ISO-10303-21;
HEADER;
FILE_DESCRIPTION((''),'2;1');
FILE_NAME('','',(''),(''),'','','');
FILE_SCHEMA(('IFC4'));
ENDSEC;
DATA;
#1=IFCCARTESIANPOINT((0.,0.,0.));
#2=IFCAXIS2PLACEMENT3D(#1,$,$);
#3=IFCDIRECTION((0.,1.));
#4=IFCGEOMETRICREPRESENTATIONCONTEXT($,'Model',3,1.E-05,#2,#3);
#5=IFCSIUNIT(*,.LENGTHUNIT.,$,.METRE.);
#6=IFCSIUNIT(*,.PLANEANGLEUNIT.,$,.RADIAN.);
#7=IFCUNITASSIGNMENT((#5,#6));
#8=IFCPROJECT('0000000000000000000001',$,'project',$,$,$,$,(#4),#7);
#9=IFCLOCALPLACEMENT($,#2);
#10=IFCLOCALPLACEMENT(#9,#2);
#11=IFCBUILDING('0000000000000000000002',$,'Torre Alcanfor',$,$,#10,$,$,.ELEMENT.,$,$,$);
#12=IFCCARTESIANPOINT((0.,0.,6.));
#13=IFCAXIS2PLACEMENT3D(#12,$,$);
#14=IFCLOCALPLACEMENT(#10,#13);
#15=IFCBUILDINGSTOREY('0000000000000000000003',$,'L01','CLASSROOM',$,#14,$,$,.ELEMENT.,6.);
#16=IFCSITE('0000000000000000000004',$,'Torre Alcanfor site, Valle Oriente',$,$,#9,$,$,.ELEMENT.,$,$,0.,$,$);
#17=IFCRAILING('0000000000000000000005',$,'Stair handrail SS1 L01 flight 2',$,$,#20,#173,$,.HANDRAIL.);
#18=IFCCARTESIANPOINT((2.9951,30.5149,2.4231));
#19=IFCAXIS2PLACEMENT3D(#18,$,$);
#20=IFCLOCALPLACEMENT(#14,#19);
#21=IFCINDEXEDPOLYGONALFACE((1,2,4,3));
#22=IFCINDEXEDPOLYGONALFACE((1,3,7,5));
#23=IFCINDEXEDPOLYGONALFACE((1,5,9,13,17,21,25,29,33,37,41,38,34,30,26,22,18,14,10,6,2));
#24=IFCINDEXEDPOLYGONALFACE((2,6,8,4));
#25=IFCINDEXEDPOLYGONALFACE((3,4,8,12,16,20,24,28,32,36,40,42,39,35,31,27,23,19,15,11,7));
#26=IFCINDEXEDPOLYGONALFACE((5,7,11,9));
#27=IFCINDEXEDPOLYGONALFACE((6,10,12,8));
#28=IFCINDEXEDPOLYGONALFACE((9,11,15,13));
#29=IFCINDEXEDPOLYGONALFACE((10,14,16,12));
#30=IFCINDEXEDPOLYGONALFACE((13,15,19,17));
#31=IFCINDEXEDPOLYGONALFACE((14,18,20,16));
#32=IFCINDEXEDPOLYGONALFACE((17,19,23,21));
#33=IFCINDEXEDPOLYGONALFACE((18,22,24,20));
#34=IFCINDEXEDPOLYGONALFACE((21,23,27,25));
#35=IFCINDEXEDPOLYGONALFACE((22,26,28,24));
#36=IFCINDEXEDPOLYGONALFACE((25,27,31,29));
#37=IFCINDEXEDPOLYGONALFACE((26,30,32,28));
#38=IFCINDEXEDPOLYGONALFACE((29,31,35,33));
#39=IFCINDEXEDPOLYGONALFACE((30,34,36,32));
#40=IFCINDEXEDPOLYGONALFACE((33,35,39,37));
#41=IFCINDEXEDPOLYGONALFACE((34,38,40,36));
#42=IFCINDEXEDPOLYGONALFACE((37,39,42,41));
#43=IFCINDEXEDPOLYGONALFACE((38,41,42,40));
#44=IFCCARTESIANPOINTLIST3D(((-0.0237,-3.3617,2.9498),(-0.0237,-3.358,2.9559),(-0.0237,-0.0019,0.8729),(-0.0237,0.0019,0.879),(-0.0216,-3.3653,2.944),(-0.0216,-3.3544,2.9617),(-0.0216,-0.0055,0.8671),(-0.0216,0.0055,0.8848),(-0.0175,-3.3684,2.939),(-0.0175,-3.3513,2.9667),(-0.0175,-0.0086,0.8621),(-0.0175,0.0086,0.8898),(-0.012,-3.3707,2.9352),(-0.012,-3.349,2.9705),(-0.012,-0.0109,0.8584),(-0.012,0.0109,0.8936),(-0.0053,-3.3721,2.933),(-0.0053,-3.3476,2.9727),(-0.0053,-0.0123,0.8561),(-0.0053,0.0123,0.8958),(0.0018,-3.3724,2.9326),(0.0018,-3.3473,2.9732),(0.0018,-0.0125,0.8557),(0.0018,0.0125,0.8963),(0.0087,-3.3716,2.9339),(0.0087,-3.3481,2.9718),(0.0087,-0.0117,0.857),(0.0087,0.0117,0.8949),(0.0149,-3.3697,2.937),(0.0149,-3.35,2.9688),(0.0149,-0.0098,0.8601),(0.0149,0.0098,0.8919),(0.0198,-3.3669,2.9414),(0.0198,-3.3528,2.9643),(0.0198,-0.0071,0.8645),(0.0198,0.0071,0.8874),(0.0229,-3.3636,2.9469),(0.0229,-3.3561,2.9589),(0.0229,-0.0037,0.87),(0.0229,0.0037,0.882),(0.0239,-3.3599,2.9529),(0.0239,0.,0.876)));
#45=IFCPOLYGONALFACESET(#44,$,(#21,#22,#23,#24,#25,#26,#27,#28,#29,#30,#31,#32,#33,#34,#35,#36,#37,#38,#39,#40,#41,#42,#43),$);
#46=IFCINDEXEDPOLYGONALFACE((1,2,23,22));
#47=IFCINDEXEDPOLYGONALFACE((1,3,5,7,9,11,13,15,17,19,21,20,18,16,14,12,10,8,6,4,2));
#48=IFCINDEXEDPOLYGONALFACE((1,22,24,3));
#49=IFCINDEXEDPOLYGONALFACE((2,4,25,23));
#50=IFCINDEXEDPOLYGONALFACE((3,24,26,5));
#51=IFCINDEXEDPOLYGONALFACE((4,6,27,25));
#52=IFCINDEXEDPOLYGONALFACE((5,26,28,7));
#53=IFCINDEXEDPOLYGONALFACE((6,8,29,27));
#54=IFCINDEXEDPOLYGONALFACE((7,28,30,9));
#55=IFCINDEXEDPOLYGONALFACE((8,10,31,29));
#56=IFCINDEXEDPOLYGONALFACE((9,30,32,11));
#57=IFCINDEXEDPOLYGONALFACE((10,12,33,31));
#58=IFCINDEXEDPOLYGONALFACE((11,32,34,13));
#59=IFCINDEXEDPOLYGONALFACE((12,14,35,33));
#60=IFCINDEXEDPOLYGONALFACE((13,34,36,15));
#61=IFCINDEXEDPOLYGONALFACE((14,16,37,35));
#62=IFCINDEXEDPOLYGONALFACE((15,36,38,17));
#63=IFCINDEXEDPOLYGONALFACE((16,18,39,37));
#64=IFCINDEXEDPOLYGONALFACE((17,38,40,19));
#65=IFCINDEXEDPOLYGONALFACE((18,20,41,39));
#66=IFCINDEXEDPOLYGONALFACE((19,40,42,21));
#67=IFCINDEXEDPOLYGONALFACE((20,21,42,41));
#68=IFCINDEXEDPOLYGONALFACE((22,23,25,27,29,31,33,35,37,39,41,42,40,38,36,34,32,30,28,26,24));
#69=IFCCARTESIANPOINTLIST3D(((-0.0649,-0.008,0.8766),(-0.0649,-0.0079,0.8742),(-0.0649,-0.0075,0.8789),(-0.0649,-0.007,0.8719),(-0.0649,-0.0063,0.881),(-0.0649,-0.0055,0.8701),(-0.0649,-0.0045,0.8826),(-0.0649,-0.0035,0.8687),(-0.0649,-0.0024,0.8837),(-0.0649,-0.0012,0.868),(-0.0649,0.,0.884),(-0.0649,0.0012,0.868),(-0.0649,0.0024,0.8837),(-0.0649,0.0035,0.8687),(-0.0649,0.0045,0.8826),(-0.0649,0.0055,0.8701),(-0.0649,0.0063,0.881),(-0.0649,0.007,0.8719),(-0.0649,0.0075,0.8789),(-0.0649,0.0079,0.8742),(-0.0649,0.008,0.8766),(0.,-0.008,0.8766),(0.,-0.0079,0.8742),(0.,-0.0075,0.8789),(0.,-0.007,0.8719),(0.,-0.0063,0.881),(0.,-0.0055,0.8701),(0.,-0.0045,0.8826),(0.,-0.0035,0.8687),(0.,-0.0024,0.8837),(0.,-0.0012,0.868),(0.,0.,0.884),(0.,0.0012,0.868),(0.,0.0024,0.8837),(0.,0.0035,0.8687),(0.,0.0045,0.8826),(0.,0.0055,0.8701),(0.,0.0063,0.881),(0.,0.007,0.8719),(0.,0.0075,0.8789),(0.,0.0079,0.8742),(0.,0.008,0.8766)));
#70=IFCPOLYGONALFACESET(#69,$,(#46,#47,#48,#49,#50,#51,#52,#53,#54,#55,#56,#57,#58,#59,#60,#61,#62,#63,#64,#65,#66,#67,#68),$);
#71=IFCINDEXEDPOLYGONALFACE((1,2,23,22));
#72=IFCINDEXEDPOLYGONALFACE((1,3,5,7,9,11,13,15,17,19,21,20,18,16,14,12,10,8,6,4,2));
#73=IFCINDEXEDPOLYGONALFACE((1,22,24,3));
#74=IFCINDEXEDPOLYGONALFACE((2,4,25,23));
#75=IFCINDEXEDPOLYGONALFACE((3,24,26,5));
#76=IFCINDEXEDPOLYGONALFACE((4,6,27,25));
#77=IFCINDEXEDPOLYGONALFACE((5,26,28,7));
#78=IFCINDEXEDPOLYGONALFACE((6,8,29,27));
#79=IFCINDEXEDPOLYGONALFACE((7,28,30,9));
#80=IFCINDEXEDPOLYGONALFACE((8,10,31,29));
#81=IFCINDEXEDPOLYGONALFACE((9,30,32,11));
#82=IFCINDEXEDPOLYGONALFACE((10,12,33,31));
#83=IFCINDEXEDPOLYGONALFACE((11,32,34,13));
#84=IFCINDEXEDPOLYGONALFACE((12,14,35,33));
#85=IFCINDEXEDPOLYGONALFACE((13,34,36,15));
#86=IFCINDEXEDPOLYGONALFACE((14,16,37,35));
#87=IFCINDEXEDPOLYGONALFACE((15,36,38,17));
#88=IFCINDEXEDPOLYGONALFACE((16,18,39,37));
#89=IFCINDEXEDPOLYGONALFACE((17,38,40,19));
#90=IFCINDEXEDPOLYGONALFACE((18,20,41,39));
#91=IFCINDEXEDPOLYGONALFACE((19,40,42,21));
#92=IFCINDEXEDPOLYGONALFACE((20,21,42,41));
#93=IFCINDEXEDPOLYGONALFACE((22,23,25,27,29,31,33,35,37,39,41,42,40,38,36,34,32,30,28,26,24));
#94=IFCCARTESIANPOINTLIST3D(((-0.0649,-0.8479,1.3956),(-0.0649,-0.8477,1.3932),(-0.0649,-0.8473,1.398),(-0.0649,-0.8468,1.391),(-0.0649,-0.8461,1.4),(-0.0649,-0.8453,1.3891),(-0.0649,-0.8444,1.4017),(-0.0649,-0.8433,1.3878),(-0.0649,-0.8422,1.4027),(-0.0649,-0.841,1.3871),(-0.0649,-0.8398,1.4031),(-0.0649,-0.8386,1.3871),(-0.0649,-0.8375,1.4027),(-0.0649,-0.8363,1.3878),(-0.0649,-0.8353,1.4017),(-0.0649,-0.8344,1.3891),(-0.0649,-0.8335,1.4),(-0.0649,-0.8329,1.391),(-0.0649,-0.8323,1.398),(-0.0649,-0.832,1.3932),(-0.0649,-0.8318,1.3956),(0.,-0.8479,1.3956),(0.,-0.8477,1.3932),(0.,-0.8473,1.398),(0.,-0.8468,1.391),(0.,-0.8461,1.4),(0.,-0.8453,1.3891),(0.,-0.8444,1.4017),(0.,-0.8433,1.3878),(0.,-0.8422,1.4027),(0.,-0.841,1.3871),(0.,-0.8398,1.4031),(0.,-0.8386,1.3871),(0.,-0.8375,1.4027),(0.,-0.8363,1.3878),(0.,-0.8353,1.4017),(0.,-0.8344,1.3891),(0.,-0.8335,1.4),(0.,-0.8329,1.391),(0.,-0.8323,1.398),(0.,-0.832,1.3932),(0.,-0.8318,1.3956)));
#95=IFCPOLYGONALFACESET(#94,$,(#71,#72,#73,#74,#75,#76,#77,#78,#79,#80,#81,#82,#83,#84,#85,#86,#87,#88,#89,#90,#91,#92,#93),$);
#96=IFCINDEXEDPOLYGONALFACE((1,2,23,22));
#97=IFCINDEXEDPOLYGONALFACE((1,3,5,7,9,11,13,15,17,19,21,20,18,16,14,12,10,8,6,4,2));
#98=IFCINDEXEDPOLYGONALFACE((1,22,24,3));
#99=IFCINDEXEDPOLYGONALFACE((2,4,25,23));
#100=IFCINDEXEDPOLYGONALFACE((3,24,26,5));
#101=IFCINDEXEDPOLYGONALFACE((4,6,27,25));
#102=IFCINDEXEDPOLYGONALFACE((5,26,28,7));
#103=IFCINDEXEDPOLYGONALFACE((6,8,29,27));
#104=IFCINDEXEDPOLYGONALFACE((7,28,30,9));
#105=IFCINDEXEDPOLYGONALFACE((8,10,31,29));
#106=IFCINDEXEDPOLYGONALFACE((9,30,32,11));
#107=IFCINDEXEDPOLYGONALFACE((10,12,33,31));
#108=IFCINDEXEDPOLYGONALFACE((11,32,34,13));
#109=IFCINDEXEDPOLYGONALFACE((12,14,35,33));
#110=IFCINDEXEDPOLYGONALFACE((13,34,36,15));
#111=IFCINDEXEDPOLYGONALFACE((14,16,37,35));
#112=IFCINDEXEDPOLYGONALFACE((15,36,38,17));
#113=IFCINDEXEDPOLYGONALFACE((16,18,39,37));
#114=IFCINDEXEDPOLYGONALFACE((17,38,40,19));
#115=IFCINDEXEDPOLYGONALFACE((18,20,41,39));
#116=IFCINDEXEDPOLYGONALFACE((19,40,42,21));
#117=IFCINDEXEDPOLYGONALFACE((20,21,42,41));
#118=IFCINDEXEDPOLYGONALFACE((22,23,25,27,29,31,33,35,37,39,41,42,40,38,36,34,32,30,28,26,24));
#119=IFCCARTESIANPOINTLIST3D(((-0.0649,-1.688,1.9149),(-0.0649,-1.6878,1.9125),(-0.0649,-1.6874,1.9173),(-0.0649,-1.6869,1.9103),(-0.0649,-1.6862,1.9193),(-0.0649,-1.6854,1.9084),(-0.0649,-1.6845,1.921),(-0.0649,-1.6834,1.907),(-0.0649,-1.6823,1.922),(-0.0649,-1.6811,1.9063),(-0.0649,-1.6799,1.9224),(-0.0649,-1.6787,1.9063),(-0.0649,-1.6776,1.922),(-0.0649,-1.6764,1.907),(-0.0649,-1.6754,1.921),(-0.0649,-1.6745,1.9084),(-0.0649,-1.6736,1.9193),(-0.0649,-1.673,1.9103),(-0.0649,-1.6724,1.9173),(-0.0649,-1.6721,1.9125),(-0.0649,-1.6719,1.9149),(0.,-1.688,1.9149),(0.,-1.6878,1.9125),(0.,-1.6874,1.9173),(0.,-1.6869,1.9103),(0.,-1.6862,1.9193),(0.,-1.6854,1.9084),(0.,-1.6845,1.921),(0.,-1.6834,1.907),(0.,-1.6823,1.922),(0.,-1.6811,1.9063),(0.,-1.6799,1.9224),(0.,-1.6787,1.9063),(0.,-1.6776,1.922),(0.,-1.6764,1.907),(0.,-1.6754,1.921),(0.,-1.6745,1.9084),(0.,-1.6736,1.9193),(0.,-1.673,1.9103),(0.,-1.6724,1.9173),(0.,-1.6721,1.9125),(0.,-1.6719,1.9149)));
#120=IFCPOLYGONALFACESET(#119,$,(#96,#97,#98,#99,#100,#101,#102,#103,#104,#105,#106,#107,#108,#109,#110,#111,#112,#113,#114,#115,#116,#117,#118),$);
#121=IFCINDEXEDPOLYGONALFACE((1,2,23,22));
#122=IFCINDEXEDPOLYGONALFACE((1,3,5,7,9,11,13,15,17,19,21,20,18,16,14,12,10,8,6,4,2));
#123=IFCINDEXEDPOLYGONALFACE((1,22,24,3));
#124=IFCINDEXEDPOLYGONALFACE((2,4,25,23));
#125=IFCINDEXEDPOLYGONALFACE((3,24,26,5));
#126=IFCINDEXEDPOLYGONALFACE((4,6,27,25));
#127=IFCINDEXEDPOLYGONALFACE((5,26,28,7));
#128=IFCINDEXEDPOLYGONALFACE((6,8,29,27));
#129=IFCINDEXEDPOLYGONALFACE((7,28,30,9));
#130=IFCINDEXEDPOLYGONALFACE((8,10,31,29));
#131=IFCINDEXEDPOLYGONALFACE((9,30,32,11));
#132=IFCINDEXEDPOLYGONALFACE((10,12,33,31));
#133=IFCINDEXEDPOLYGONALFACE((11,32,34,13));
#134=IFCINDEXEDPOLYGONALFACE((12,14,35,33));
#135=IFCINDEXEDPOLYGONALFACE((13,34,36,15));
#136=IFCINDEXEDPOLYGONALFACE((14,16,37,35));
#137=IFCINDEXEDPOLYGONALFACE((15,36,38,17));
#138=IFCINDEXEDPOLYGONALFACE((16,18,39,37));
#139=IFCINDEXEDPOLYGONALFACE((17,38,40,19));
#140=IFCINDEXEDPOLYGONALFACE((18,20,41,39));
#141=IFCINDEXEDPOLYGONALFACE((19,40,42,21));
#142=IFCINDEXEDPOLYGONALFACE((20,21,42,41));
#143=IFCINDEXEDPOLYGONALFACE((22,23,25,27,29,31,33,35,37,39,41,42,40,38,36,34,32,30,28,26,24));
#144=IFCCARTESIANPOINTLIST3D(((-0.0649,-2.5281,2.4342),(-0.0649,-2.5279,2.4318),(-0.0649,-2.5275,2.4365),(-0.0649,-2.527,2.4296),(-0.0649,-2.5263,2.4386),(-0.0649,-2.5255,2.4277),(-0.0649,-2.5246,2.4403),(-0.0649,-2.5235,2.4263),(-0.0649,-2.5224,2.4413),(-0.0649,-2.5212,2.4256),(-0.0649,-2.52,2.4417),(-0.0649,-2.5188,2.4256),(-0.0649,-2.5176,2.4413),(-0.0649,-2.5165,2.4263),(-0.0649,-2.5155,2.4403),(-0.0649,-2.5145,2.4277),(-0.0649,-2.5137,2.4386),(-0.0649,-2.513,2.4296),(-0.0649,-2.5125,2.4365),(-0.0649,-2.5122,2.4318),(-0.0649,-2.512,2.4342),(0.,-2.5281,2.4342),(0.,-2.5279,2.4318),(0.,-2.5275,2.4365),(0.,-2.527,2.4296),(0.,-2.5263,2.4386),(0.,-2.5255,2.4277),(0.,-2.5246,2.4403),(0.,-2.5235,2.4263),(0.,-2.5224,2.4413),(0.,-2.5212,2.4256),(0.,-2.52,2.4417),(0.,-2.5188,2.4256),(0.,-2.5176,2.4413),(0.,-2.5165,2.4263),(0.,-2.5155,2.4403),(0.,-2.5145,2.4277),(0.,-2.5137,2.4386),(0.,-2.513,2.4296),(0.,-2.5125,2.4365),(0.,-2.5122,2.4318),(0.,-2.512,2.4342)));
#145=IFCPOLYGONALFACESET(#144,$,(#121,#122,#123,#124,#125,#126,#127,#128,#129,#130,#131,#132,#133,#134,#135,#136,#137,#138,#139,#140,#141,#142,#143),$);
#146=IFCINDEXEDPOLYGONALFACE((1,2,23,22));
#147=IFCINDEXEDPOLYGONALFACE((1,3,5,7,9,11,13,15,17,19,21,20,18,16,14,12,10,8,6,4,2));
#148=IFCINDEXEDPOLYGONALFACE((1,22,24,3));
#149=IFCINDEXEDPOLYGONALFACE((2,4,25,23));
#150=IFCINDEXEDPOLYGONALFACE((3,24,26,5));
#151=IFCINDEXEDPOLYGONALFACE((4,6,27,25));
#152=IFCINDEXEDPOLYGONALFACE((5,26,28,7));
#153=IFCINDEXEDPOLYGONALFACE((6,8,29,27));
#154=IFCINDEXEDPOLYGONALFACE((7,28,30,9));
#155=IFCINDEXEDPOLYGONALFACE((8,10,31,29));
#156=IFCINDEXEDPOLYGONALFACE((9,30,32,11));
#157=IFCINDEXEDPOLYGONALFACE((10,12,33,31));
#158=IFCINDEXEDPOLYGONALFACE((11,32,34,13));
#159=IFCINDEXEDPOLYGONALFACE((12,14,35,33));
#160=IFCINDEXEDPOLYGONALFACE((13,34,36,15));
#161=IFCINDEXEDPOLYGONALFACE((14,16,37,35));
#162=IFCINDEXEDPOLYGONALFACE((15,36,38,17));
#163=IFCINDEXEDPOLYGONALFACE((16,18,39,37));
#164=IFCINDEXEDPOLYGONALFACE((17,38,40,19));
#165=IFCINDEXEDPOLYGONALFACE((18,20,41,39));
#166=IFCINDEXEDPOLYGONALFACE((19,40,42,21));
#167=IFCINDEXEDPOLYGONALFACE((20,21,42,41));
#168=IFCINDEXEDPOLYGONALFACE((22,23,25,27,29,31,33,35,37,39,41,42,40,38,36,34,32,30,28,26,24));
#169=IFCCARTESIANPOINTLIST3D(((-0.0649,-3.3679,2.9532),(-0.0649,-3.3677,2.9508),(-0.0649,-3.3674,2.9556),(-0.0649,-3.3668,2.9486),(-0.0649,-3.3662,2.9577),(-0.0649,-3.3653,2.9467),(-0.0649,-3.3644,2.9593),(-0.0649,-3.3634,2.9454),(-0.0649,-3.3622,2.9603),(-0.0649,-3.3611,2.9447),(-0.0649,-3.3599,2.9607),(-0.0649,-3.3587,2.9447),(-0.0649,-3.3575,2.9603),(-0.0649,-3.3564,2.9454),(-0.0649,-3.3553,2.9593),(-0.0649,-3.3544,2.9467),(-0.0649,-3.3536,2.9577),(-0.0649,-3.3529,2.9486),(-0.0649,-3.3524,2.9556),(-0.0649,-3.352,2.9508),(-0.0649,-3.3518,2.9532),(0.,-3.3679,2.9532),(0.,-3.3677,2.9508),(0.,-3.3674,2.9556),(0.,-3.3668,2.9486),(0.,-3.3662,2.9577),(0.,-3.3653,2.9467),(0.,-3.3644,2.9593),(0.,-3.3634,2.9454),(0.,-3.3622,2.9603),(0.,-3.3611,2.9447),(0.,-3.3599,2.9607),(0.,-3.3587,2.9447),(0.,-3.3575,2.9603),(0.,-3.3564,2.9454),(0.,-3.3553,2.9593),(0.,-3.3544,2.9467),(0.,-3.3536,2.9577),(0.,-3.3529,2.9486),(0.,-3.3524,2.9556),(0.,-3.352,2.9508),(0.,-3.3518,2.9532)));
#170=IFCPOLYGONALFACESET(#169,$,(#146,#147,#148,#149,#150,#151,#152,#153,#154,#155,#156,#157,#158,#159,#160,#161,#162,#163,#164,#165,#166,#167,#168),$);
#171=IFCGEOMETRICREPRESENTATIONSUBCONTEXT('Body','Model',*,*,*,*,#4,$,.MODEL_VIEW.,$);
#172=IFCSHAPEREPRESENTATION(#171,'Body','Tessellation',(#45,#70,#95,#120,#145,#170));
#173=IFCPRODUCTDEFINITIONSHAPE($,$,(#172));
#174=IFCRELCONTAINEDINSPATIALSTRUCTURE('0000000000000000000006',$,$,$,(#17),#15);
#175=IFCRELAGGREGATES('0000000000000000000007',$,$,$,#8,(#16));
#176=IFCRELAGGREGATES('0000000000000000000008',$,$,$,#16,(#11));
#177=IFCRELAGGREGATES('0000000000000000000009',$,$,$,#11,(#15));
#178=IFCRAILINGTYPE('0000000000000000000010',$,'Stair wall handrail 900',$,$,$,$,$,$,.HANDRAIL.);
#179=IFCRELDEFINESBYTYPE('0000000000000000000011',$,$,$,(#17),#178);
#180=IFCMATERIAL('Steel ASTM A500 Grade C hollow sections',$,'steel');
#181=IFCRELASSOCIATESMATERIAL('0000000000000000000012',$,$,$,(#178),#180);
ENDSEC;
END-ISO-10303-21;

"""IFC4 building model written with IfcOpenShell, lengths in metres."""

from ifc_helpers import new_model, si_unit, direction, frame, origin, origin_2d, place, context, subcontext, project, spatial, circle, extrude, material, type_object, element, save


model = new_model("IFC4")

# Units and contexts
model_context = context("Model", 3, precision=1e-05, world=origin(), true_north=direction((0.0, 1.0)))
body_context = subcontext(model_context, "Body", "Model", "MODEL_VIEW")
ifc_project = project(units=[si_unit("LENGTHUNIT", "METRE"), si_unit("PLANEANGLEUNIT", "RADIAN")], contexts=[model_context])

# Site, building, storey
site_placement = place(None, origin())
site = spatial("IfcSite", under=ifc_project, at=site_placement, Name="Torre Alcanfor site, Valle Oriente", CompositionType="ELEMENT", RefElevation=0.0)
building_placement = place(site_placement, origin())
building = spatial("IfcBuilding", under=site, at=building_placement, Name="Torre Alcanfor", CompositionType="ELEMENT")
storey_placement = place(building_placement, frame((0.0, 0.0, 6.0)))
storey = spatial("IfcBuildingStorey", under=building, at=storey_placement, Name="L01", Description="CLASSROOM", CompositionType="ELEMENT", Elevation=6.0)

# Railing
ifc_material_1 = material(Name="Steel ASTM A500 Grade C hollow sections", Category="steel")
railing_type_1 = type_object("IfcRailingType", Name="Stair wall handrail 900", PredefinedType="HANDRAIL", material=ifc_material_1)
railing_1_placement = place(storey_placement, frame((2.9951, 30.5149, 2.4231)))
element("IfcRailing", 1, at=railing_1_placement, inside=storey, type_object=railing_type_1, Name="Stair handrail SS1 L01 flight 2", PredefinedType="HANDRAIL", context=body_context, shape_type="SweptSolid", body=[
    extrude(circle(Radius=0.0239, at=origin_2d()), frame((0.0, 0.0, 0.876), z_axis=(0.0, -0.850606, 0.525803), x_axis=(1.0, 0.0, 0.0)), (0.0, 0.0, 1.0), 3.95),
    extrude(circle(Radius=0.0081, at=origin_2d()), frame((0.0, 0.0, 0.876), z_axis=(-1.0, 0.0, 0.0), x_axis=(0.0, 0.0, 1.0)), (0.0, 0.0, 1.0), 0.0649),
    extrude(circle(Radius=0.0081, at=origin_2d()), frame((0.0, -0.8398, 1.395), z_axis=(-1.0, 0.0, 0.0), x_axis=(0.0, 0.0, 1.0)), (0.0, 0.0, 1.0), 0.0649),
    extrude(circle(Radius=0.0081, at=origin_2d()), frame((0.0, -1.6799, 1.9143), z_axis=(-1.0, 0.0, 0.0), x_axis=(0.0, 0.0, 1.0)), (0.0, 0.0, 1.0), 0.0649),
    extrude(circle(Radius=0.0081, at=origin_2d()), frame((0.0, -2.52, 2.4336), z_axis=(-1.0, 0.0, 0.0), x_axis=(0.0, 0.0, 1.0)), (0.0, 0.0, 1.0), 0.0649),
    extrude(circle(Radius=0.0081, at=origin_2d()), frame((0.0, -3.3599, 2.9526), z_axis=(-1.0, 0.0, 0.0), x_axis=(0.0, 0.0, 1.0)), (0.0, 0.0, 1.0), 0.0649),
])

save(model, "model.ifc")
